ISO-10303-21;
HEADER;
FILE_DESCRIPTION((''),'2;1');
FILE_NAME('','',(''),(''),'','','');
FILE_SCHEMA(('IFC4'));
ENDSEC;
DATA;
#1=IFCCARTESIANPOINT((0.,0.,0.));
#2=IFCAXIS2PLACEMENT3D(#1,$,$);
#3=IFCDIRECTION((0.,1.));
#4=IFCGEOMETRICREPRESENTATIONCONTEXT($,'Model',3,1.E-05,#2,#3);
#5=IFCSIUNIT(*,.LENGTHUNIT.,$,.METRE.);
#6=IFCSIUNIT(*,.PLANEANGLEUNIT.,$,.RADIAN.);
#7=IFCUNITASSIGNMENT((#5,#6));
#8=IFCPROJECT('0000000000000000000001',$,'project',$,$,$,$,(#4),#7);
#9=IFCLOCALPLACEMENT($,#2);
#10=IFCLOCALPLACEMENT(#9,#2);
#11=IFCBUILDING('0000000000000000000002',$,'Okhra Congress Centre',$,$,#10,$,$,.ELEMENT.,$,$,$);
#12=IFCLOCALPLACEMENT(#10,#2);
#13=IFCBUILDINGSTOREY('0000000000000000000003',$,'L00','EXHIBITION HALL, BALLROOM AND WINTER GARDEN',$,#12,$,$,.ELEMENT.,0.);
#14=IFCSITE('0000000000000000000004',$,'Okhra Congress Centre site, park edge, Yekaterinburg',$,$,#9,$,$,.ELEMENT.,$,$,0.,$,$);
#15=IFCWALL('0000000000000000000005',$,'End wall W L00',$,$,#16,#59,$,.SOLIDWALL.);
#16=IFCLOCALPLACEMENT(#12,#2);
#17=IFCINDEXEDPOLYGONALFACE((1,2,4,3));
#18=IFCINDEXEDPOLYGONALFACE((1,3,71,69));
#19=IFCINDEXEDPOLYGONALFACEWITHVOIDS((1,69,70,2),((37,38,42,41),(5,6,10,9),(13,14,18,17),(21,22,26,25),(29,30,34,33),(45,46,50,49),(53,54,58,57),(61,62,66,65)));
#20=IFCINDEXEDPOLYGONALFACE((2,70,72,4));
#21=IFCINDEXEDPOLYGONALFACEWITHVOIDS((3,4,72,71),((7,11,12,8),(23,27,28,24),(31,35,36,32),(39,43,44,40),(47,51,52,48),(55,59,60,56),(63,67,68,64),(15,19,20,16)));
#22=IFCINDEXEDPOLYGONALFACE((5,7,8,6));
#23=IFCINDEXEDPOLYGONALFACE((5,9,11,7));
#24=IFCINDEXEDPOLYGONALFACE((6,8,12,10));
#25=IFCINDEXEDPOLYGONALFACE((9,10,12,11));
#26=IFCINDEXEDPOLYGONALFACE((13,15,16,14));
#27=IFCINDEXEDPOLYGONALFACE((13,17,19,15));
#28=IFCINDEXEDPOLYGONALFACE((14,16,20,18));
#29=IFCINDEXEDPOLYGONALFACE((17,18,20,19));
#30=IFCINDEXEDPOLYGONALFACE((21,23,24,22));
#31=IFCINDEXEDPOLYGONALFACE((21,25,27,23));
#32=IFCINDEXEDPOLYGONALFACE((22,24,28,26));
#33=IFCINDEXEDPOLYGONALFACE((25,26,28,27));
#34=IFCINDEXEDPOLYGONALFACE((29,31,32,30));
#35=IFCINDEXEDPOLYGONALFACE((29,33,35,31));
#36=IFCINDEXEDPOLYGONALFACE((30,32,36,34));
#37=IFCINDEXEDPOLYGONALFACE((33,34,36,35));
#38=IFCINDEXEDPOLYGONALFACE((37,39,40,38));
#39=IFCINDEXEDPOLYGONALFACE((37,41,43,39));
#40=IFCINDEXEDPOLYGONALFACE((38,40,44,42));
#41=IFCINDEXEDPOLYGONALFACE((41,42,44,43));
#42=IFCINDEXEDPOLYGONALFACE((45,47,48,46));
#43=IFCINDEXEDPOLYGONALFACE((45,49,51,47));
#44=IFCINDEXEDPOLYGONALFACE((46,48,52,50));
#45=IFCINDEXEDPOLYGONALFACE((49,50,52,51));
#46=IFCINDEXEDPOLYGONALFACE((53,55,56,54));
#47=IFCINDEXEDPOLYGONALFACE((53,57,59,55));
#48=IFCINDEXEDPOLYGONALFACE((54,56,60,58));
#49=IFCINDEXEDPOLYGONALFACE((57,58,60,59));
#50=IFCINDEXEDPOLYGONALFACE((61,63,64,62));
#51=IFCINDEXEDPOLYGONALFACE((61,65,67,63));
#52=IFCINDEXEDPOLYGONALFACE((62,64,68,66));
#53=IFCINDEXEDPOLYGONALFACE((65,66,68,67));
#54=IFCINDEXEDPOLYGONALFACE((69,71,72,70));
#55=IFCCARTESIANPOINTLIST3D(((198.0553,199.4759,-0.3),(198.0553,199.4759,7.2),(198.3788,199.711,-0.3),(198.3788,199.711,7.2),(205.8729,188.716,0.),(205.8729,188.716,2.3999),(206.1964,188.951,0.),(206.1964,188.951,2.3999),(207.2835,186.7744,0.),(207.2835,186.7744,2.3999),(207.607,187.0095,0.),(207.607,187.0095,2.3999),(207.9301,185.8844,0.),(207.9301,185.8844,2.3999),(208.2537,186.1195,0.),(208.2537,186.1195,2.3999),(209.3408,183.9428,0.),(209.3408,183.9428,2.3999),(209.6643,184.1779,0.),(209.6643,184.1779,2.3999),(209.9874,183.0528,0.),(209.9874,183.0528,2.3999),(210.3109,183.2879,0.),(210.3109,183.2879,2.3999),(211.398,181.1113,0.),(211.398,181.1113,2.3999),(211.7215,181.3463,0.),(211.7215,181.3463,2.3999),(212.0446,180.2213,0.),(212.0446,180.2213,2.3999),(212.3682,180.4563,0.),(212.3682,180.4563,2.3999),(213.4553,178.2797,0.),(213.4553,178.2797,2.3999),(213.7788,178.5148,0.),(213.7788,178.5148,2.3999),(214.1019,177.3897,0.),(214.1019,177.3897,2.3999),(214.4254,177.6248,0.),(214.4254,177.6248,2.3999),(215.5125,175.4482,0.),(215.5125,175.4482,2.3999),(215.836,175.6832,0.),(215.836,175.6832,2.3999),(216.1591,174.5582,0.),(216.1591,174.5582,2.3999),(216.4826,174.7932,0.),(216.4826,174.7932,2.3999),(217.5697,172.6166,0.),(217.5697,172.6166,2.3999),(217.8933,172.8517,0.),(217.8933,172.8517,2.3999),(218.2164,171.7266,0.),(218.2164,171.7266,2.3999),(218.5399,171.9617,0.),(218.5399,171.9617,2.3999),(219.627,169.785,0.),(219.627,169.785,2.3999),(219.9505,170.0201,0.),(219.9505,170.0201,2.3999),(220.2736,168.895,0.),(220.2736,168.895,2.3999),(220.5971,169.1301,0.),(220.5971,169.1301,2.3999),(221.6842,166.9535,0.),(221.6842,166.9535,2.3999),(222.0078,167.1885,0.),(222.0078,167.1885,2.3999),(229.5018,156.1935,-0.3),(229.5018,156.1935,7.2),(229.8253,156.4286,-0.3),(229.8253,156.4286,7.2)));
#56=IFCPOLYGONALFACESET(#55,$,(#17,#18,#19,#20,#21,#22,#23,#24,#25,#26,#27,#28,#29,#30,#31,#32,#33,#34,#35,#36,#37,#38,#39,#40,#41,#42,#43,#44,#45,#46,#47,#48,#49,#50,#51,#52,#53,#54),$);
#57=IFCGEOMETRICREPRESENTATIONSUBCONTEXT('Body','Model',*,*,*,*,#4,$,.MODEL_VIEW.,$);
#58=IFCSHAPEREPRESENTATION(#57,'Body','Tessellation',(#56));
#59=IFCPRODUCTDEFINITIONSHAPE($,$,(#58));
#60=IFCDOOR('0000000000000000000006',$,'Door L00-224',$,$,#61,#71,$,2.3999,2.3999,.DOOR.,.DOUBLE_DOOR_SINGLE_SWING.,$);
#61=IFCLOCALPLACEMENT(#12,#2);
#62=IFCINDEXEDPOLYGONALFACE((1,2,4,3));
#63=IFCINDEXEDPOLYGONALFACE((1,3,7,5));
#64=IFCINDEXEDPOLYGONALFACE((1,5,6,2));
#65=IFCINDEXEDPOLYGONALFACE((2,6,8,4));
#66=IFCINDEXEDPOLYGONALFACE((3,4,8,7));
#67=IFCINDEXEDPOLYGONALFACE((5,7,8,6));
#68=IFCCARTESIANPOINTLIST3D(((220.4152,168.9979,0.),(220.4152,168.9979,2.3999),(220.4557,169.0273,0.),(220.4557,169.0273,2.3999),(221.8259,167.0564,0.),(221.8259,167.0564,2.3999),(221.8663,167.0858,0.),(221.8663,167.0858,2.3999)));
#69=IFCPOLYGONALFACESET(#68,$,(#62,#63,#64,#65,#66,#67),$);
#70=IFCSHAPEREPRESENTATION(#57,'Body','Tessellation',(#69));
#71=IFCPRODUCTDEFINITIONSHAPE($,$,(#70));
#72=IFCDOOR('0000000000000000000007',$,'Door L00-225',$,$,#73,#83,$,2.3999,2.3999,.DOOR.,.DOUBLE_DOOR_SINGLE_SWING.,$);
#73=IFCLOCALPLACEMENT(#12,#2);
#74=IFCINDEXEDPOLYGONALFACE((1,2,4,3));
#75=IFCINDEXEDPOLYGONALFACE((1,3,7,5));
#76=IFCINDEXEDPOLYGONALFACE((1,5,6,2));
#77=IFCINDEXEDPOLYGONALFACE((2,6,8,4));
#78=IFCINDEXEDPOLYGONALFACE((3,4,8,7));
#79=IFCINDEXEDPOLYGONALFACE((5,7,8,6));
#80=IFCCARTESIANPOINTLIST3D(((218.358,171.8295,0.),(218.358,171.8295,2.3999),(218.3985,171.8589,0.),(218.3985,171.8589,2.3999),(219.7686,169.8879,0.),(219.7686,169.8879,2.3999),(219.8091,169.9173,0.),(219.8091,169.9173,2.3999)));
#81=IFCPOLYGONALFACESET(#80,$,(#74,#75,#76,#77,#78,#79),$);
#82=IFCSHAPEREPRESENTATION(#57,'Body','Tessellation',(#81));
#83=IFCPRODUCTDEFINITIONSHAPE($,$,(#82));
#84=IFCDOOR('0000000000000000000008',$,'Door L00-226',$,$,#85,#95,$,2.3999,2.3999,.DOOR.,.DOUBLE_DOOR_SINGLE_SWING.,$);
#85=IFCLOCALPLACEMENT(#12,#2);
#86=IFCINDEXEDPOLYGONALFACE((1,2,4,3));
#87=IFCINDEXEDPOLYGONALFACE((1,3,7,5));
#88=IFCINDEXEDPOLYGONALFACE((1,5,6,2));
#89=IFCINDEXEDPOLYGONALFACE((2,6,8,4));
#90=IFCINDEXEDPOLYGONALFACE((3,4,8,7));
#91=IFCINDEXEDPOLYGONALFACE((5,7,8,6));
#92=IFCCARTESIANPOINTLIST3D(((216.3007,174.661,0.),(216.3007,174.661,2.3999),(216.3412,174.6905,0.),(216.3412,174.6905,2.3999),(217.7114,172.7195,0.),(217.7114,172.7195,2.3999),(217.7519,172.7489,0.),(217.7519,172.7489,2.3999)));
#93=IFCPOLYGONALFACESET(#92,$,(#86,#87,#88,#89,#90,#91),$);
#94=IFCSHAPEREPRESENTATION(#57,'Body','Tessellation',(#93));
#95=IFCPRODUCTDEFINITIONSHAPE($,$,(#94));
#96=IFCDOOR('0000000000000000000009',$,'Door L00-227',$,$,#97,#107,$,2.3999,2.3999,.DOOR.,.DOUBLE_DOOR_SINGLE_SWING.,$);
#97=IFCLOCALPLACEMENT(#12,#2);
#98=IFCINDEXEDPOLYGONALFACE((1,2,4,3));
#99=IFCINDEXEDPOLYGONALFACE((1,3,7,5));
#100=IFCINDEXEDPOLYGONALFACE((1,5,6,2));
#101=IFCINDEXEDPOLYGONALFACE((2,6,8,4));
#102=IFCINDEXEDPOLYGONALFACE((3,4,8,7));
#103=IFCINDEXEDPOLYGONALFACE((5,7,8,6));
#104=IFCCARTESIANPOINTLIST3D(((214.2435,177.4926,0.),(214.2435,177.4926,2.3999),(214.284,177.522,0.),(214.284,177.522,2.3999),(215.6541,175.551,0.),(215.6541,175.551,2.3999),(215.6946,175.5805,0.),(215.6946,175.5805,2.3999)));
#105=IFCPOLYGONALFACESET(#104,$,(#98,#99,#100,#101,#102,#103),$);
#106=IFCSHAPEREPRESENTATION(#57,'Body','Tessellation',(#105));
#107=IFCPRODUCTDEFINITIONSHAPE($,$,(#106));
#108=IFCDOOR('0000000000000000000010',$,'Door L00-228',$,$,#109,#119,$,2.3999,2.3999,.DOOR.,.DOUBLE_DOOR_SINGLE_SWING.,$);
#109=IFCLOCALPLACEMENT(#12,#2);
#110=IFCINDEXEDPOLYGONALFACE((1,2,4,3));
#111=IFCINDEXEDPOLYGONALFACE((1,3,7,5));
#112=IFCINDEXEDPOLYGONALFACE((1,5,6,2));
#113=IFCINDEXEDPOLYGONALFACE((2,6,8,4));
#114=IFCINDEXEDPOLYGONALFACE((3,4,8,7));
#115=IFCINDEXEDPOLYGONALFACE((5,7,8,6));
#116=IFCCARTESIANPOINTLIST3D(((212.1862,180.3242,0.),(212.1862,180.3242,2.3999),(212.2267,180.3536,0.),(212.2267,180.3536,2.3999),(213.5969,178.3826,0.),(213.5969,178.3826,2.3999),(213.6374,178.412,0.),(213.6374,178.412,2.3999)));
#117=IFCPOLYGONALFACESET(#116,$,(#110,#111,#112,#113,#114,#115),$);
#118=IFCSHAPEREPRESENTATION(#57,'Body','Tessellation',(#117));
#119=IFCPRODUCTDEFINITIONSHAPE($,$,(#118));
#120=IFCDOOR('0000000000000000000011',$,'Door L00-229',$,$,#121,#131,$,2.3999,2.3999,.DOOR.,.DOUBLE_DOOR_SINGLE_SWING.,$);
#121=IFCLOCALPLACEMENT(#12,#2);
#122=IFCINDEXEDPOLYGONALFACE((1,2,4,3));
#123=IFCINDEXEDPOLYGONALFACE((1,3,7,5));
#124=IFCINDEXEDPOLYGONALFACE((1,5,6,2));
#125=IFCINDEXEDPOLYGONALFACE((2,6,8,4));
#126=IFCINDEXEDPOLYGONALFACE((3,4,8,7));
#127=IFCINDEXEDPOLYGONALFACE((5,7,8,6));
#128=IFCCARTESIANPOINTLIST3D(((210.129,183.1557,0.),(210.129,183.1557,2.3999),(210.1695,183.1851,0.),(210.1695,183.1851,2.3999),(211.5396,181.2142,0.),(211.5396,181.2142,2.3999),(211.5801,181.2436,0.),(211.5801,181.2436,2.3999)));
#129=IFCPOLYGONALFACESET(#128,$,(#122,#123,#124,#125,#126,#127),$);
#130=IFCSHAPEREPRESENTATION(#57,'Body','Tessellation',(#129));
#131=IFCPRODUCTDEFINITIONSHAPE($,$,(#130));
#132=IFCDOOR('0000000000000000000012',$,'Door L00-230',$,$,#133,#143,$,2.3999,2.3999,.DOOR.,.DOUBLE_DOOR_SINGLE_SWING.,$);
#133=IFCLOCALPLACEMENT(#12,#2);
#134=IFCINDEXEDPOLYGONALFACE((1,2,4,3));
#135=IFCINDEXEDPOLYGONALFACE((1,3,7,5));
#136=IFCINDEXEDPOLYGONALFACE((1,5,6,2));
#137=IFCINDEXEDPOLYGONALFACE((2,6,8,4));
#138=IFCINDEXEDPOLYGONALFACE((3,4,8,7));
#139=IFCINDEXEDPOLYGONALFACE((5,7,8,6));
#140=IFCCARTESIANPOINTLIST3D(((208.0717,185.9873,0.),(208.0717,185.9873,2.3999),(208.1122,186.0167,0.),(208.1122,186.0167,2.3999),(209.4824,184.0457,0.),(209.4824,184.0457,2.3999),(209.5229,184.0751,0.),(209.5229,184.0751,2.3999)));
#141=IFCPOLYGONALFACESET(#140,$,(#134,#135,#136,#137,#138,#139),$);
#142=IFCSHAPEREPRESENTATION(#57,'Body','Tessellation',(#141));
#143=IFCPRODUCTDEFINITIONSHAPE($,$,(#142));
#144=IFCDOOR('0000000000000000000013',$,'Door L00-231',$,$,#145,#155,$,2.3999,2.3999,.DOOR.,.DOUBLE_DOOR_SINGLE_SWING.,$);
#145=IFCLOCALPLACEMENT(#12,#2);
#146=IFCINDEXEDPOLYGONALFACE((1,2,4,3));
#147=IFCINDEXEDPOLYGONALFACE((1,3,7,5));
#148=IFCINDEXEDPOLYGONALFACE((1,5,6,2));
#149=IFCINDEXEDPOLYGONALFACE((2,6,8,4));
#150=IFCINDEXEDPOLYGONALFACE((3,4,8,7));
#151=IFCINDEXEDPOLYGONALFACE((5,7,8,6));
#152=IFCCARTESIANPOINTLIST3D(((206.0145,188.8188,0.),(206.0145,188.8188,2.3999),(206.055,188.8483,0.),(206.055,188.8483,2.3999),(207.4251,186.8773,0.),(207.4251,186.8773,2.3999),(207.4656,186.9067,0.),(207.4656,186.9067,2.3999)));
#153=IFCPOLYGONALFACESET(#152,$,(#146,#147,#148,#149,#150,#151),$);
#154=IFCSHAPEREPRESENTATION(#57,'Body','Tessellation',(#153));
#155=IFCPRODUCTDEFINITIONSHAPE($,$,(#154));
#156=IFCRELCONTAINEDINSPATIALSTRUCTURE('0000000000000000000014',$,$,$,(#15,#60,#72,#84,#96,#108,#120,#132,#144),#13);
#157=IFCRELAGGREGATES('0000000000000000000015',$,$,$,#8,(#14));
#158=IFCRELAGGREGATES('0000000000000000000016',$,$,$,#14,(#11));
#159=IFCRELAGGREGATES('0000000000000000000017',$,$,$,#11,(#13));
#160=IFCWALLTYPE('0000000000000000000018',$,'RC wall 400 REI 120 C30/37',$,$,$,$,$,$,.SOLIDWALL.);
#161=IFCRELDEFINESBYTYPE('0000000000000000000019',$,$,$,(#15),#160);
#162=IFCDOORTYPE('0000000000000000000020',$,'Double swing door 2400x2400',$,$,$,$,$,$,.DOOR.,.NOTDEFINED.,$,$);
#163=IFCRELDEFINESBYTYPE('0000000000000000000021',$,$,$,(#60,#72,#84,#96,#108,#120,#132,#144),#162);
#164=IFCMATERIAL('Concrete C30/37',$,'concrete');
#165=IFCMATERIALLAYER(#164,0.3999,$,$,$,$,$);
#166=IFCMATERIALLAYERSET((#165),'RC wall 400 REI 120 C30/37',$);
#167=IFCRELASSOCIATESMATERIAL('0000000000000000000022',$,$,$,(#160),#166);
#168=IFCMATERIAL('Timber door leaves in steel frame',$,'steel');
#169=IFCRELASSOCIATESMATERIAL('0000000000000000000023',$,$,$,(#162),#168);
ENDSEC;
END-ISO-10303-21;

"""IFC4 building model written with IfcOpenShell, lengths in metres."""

from ifc_helpers import new_model, si_unit, direction, frame, frame_2d, origin, place, context, subcontext, project, spatial, rectangle, extrude, material, layer, layer_set, type_object, element, fill, save


model = new_model("IFC4")

# Units and contexts
model_context = context("Model", 3, precision=1e-05, world=origin(), true_north=direction((0.0, 1.0)))
body_context = subcontext(model_context, "Body", "Model", "MODEL_VIEW")
ifc_project = project(units=[si_unit("LENGTHUNIT", "METRE"), si_unit("PLANEANGLEUNIT", "RADIAN")], contexts=[model_context])

# Site, building, storey
site_placement = place(None, origin())
site = spatial("IfcSite", under=ifc_project, at=site_placement, Name="Okhra Congress Centre site, park edge, Yekaterinburg", CompositionType="ELEMENT", RefElevation=0.0)
building_placement = place(site_placement, origin())
building = spatial("IfcBuilding", under=site, at=building_placement, Name="Okhra Congress Centre", CompositionType="ELEMENT")
storey_placement = place(building_placement, origin())
storey = spatial("IfcBuildingStorey", under=building, at=storey_placement, Name="L00", Description="EXHIBITION HALL, BALLROOM AND WINTER GARDEN", CompositionType="ELEMENT", Elevation=0.0)

# Shared definitions
ifc_material_1 = material(Name="Concrete C30/37", Category="concrete")

# Wall, openings, doors
ifc_layer_1 = layer(ifc_material_1, 0.3999)
ifc_layer_set_1 = layer_set([ifc_layer_1], Name="RC wall 400 REI 120 C30/37")
wall_type_1 = type_object("IfcWallType", Name="RC wall 400 REI 120 C30/37", PredefinedType="SOLIDWALL", material=ifc_layer_set_1)
wall_1_placement = place(storey_placement, frame((229.6636, 156.311, -0.3), z_axis=(0.0, 0.0, 1.0), x_axis=(-0.587785, 0.809017, 0.0)))
wall_1 = element("IfcWall", 1, at=wall_1_placement, inside=storey, type_object=wall_type_1, Name="End wall W L00", PredefinedType="SOLIDWALL", context=body_context, shape_type="SweptSolid", body=[
    extrude(rectangle(XDim=53.5, YDim=0.3999, at=frame_2d((26.75, 0.0))), origin(), (0.0, 0.0, 1.0), 7.5),
])
opening_1_placement = place(wall_1_placement, frame((13.3, 0.0, 0.3)))
opening_1 = element("IfcOpeningElement", 2, at=opening_1_placement, cuts=wall_1, PredefinedType="OPENING", context=body_context, shape_type="SweptSolid", body=[
    extrude(rectangle(XDim=2.3999, YDim=2.3999, at=frame_2d((1.2, 1.2))), frame((0.0, 0.21, 0.0), z_axis=(0.0, -1.0, 0.0), x_axis=(1.0, 0.0, 0.0)), (0.0, 0.0, 1.0), 0.4199),
])
opening_2_placement = place(wall_1_placement, frame((16.8, 0.0, 0.3)))
opening_2 = element("IfcOpeningElement", 3, at=opening_2_placement, cuts=wall_1, PredefinedType="OPENING", context=body_context, shape_type="SweptSolid", body=[
    extrude(rectangle(XDim=2.3999, YDim=2.3999, at=frame_2d((1.2, 1.2))), frame((0.0, 0.21, 0.0), z_axis=(0.0, -1.0, 0.0), x_axis=(1.0, 0.0, 0.0)), (0.0, 0.0, 1.0), 0.4199),
])
opening_3_placement = place(wall_1_placement, frame((20.3, 0.0, 0.3)))
opening_3 = element("IfcOpeningElement", 4, at=opening_3_placement, cuts=wall_1, PredefinedType="OPENING", context=body_context, shape_type="SweptSolid", body=[
    extrude(rectangle(XDim=2.3999, YDim=2.3999, at=frame_2d((1.2, 1.2))), frame((0.0, 0.21, 0.0), z_axis=(0.0, -1.0, 0.0), x_axis=(1.0, 0.0, 0.0)), (0.0, 0.0, 1.0), 0.4199),
])
opening_4_placement = place(wall_1_placement, frame((23.8, 0.0, 0.3)))
opening_4 = element("IfcOpeningElement", 5, at=opening_4_placement, cuts=wall_1, PredefinedType="OPENING", context=body_context, shape_type="SweptSolid", body=[
    extrude(rectangle(XDim=2.3999, YDim=2.3999, at=frame_2d((1.2, 1.2))), frame((0.0, 0.21, 0.0), z_axis=(0.0, -1.0, 0.0), x_axis=(1.0, 0.0, 0.0)), (0.0, 0.0, 1.0), 0.4199),
])
opening_5_placement = place(wall_1_placement, frame((27.3, 0.0, 0.3)))
opening_5 = element("IfcOpeningElement", 6, at=opening_5_placement, cuts=wall_1, PredefinedType="OPENING", context=body_context, shape_type="SweptSolid", body=[
    extrude(rectangle(XDim=2.3999, YDim=2.3999, at=frame_2d((1.2, 1.2))), frame((0.0, 0.21, 0.0), z_axis=(0.0, -1.0, 0.0), x_axis=(1.0, 0.0, 0.0)), (0.0, 0.0, 1.0), 0.4199),
])
opening_6_placement = place(wall_1_placement, frame((30.8, 0.0, 0.3)))
opening_6 = element("IfcOpeningElement", 7, at=opening_6_placement, cuts=wall_1, PredefinedType="OPENING", context=body_context, shape_type="SweptSolid", body=[
    extrude(rectangle(XDim=2.3999, YDim=2.3999, at=frame_2d((1.2, 1.2))), frame((0.0, 0.21, 0.0), z_axis=(0.0, -1.0, 0.0), x_axis=(1.0, 0.0, 0.0)), (0.0, 0.0, 1.0), 0.4199),
])
opening_7_placement = place(wall_1_placement, frame((34.3, 0.0, 0.3)))
opening_7 = element("IfcOpeningElement", 8, at=opening_7_placement, cuts=wall_1, PredefinedType="OPENING", context=body_context, shape_type="SweptSolid", body=[
    extrude(rectangle(XDim=2.3999, YDim=2.3999, at=frame_2d((1.2, 1.2))), frame((0.0, 0.21, 0.0), z_axis=(0.0, -1.0, 0.0), x_axis=(1.0, 0.0, 0.0)), (0.0, 0.0, 1.0), 0.4199),
])
opening_8_placement = place(wall_1_placement, frame((37.8, 0.0, 0.3)))
opening_8 = element("IfcOpeningElement", 9, at=opening_8_placement, cuts=wall_1, PredefinedType="OPENING", context=body_context, shape_type="SweptSolid", body=[
    extrude(rectangle(XDim=2.3999, YDim=2.3999, at=frame_2d((1.2, 1.2))), frame((0.0, 0.21, 0.0), z_axis=(0.0, -1.0, 0.0), x_axis=(1.0, 0.0, 0.0)), (0.0, 0.0, 1.0), 0.4199),
])
ifc_material_2 = material(Name="Timber door leaves in steel frame", Category="steel")
door_type_1 = type_object("IfcDoorType", Name="Double swing door 2400x2400", OperationType="NOTDEFINED", PredefinedType="DOOR", material=ifc_material_2)
door_1_placement = place(opening_1_placement, origin())
door_1 = element("IfcDoor", 10, at=door_1_placement, inside=storey, type_object=door_type_1, Name="Door L00-224", OperationType="DOUBLE_DOOR_SINGLE_SWING", OverallHeight=2.3999, OverallWidth=2.3999, PredefinedType="DOOR", context=body_context, shape_type="SweptSolid", body=[
    extrude(rectangle(XDim=2.3999, YDim=2.3999, at=frame_2d((1.2, 1.2))), frame((0.0, 0.0249, 0.0), z_axis=(0.0, -1.0, 0.0), x_axis=(1.0, 0.0, 0.0)), (0.0, 0.0, 1.0), 0.05),
])
fill(opening_1, door_1)
door_2_placement = place(opening_2_placement, origin())
door_2 = element("IfcDoor", 11, at=door_2_placement, inside=storey, type_object=door_type_1, Name="Door L00-225", OperationType="DOUBLE_DOOR_SINGLE_SWING", OverallHeight=2.3999, OverallWidth=2.3999, PredefinedType="DOOR", context=body_context, shape_type="SweptSolid", body=[
    extrude(rectangle(XDim=2.3999, YDim=2.3999, at=frame_2d((1.2, 1.2))), frame((0.0, 0.0249, 0.0), z_axis=(0.0, -1.0, 0.0), x_axis=(1.0, 0.0, 0.0)), (0.0, 0.0, 1.0), 0.05),
])
fill(opening_2, door_2)
door_3_placement = place(opening_3_placement, origin())
door_3 = element("IfcDoor", 12, at=door_3_placement, inside=storey, type_object=door_type_1, Name="Door L00-226", OperationType="DOUBLE_DOOR_SINGLE_SWING", OverallHeight=2.3999, OverallWidth=2.3999, PredefinedType="DOOR", context=body_context, shape_type="SweptSolid", body=[
    extrude(rectangle(XDim=2.3999, YDim=2.3999, at=frame_2d((1.2, 1.2))), frame((0.0, 0.0249, 0.0), z_axis=(0.0, -1.0, 0.0), x_axis=(1.0, 0.0, 0.0)), (0.0, 0.0, 1.0), 0.05),
])
fill(opening_3, door_3)
door_4_placement = place(opening_4_placement, origin())
door_4 = element("IfcDoor", 13, at=door_4_placement, inside=storey, type_object=door_type_1, Name="Door L00-227", OperationType="DOUBLE_DOOR_SINGLE_SWING", OverallHeight=2.3999, OverallWidth=2.3999, PredefinedType="DOOR", context=body_context, shape_type="SweptSolid", body=[
    extrude(rectangle(XDim=2.3999, YDim=2.3999, at=frame_2d((1.2, 1.2))), frame((0.0, 0.0249, 0.0), z_axis=(0.0, -1.0, 0.0), x_axis=(1.0, 0.0, 0.0)), (0.0, 0.0, 1.0), 0.05),
])
fill(opening_4, door_4)
door_5_placement = place(opening_5_placement, origin())
door_5 = element("IfcDoor", 14, at=door_5_placement, inside=storey, type_object=door_type_1, Name="Door L00-228", OperationType="DOUBLE_DOOR_SINGLE_SWING", OverallHeight=2.3999, OverallWidth=2.3999, PredefinedType="DOOR", context=body_context, shape_type="SweptSolid", body=[
    extrude(rectangle(XDim=2.3999, YDim=2.3999, at=frame_2d((1.2, 1.2))), frame((0.0, 0.0249, 0.0), z_axis=(0.0, -1.0, 0.0), x_axis=(1.0, 0.0, 0.0)), (0.0, 0.0, 1.0), 0.05),
])
fill(opening_5, door_5)
door_6_placement = place(opening_6_placement, origin())
door_6 = element("IfcDoor", 15, at=door_6_placement, inside=storey, type_object=door_type_1, Name="Door L00-229", OperationType="DOUBLE_DOOR_SINGLE_SWING", OverallHeight=2.3999, OverallWidth=2.3999, PredefinedType="DOOR", context=body_context, shape_type="SweptSolid", body=[
    extrude(rectangle(XDim=2.3999, YDim=2.3999, at=frame_2d((1.2, 1.2))), frame((0.0, 0.0249, 0.0), z_axis=(0.0, -1.0, 0.0), x_axis=(1.0, 0.0, 0.0)), (0.0, 0.0, 1.0), 0.05),
])
fill(opening_6, door_6)
door_7_placement = place(opening_7_placement, origin())
door_7 = element("IfcDoor", 16, at=door_7_placement, inside=storey, type_object=door_type_1, Name="Door L00-230", OperationType="DOUBLE_DOOR_SINGLE_SWING", OverallHeight=2.3999, OverallWidth=2.3999, PredefinedType="DOOR", context=body_context, shape_type="SweptSolid", body=[
    extrude(rectangle(XDim=2.3999, YDim=2.3999, at=frame_2d((1.2, 1.2))), frame((0.0, 0.0249, 0.0), z_axis=(0.0, -1.0, 0.0), x_axis=(1.0, 0.0, 0.0)), (0.0, 0.0, 1.0), 0.05),
])
fill(opening_7, door_7)
door_8_placement = place(opening_8_placement, origin())
door_8 = element("IfcDoor", 17, at=door_8_placement, inside=storey, type_object=door_type_1, Name="Door L00-231", OperationType="DOUBLE_DOOR_SINGLE_SWING", OverallHeight=2.3999, OverallWidth=2.3999, PredefinedType="DOOR", context=body_context, shape_type="SweptSolid", body=[
    extrude(rectangle(XDim=2.3999, YDim=2.3999, at=frame_2d((1.2, 1.2))), frame((0.0, 0.0249, 0.0), z_axis=(0.0, -1.0, 0.0), x_axis=(1.0, 0.0, 0.0)), (0.0, 0.0, 1.0), 0.05),
])
fill(opening_8, door_8)

save(model, "model.ifc")
